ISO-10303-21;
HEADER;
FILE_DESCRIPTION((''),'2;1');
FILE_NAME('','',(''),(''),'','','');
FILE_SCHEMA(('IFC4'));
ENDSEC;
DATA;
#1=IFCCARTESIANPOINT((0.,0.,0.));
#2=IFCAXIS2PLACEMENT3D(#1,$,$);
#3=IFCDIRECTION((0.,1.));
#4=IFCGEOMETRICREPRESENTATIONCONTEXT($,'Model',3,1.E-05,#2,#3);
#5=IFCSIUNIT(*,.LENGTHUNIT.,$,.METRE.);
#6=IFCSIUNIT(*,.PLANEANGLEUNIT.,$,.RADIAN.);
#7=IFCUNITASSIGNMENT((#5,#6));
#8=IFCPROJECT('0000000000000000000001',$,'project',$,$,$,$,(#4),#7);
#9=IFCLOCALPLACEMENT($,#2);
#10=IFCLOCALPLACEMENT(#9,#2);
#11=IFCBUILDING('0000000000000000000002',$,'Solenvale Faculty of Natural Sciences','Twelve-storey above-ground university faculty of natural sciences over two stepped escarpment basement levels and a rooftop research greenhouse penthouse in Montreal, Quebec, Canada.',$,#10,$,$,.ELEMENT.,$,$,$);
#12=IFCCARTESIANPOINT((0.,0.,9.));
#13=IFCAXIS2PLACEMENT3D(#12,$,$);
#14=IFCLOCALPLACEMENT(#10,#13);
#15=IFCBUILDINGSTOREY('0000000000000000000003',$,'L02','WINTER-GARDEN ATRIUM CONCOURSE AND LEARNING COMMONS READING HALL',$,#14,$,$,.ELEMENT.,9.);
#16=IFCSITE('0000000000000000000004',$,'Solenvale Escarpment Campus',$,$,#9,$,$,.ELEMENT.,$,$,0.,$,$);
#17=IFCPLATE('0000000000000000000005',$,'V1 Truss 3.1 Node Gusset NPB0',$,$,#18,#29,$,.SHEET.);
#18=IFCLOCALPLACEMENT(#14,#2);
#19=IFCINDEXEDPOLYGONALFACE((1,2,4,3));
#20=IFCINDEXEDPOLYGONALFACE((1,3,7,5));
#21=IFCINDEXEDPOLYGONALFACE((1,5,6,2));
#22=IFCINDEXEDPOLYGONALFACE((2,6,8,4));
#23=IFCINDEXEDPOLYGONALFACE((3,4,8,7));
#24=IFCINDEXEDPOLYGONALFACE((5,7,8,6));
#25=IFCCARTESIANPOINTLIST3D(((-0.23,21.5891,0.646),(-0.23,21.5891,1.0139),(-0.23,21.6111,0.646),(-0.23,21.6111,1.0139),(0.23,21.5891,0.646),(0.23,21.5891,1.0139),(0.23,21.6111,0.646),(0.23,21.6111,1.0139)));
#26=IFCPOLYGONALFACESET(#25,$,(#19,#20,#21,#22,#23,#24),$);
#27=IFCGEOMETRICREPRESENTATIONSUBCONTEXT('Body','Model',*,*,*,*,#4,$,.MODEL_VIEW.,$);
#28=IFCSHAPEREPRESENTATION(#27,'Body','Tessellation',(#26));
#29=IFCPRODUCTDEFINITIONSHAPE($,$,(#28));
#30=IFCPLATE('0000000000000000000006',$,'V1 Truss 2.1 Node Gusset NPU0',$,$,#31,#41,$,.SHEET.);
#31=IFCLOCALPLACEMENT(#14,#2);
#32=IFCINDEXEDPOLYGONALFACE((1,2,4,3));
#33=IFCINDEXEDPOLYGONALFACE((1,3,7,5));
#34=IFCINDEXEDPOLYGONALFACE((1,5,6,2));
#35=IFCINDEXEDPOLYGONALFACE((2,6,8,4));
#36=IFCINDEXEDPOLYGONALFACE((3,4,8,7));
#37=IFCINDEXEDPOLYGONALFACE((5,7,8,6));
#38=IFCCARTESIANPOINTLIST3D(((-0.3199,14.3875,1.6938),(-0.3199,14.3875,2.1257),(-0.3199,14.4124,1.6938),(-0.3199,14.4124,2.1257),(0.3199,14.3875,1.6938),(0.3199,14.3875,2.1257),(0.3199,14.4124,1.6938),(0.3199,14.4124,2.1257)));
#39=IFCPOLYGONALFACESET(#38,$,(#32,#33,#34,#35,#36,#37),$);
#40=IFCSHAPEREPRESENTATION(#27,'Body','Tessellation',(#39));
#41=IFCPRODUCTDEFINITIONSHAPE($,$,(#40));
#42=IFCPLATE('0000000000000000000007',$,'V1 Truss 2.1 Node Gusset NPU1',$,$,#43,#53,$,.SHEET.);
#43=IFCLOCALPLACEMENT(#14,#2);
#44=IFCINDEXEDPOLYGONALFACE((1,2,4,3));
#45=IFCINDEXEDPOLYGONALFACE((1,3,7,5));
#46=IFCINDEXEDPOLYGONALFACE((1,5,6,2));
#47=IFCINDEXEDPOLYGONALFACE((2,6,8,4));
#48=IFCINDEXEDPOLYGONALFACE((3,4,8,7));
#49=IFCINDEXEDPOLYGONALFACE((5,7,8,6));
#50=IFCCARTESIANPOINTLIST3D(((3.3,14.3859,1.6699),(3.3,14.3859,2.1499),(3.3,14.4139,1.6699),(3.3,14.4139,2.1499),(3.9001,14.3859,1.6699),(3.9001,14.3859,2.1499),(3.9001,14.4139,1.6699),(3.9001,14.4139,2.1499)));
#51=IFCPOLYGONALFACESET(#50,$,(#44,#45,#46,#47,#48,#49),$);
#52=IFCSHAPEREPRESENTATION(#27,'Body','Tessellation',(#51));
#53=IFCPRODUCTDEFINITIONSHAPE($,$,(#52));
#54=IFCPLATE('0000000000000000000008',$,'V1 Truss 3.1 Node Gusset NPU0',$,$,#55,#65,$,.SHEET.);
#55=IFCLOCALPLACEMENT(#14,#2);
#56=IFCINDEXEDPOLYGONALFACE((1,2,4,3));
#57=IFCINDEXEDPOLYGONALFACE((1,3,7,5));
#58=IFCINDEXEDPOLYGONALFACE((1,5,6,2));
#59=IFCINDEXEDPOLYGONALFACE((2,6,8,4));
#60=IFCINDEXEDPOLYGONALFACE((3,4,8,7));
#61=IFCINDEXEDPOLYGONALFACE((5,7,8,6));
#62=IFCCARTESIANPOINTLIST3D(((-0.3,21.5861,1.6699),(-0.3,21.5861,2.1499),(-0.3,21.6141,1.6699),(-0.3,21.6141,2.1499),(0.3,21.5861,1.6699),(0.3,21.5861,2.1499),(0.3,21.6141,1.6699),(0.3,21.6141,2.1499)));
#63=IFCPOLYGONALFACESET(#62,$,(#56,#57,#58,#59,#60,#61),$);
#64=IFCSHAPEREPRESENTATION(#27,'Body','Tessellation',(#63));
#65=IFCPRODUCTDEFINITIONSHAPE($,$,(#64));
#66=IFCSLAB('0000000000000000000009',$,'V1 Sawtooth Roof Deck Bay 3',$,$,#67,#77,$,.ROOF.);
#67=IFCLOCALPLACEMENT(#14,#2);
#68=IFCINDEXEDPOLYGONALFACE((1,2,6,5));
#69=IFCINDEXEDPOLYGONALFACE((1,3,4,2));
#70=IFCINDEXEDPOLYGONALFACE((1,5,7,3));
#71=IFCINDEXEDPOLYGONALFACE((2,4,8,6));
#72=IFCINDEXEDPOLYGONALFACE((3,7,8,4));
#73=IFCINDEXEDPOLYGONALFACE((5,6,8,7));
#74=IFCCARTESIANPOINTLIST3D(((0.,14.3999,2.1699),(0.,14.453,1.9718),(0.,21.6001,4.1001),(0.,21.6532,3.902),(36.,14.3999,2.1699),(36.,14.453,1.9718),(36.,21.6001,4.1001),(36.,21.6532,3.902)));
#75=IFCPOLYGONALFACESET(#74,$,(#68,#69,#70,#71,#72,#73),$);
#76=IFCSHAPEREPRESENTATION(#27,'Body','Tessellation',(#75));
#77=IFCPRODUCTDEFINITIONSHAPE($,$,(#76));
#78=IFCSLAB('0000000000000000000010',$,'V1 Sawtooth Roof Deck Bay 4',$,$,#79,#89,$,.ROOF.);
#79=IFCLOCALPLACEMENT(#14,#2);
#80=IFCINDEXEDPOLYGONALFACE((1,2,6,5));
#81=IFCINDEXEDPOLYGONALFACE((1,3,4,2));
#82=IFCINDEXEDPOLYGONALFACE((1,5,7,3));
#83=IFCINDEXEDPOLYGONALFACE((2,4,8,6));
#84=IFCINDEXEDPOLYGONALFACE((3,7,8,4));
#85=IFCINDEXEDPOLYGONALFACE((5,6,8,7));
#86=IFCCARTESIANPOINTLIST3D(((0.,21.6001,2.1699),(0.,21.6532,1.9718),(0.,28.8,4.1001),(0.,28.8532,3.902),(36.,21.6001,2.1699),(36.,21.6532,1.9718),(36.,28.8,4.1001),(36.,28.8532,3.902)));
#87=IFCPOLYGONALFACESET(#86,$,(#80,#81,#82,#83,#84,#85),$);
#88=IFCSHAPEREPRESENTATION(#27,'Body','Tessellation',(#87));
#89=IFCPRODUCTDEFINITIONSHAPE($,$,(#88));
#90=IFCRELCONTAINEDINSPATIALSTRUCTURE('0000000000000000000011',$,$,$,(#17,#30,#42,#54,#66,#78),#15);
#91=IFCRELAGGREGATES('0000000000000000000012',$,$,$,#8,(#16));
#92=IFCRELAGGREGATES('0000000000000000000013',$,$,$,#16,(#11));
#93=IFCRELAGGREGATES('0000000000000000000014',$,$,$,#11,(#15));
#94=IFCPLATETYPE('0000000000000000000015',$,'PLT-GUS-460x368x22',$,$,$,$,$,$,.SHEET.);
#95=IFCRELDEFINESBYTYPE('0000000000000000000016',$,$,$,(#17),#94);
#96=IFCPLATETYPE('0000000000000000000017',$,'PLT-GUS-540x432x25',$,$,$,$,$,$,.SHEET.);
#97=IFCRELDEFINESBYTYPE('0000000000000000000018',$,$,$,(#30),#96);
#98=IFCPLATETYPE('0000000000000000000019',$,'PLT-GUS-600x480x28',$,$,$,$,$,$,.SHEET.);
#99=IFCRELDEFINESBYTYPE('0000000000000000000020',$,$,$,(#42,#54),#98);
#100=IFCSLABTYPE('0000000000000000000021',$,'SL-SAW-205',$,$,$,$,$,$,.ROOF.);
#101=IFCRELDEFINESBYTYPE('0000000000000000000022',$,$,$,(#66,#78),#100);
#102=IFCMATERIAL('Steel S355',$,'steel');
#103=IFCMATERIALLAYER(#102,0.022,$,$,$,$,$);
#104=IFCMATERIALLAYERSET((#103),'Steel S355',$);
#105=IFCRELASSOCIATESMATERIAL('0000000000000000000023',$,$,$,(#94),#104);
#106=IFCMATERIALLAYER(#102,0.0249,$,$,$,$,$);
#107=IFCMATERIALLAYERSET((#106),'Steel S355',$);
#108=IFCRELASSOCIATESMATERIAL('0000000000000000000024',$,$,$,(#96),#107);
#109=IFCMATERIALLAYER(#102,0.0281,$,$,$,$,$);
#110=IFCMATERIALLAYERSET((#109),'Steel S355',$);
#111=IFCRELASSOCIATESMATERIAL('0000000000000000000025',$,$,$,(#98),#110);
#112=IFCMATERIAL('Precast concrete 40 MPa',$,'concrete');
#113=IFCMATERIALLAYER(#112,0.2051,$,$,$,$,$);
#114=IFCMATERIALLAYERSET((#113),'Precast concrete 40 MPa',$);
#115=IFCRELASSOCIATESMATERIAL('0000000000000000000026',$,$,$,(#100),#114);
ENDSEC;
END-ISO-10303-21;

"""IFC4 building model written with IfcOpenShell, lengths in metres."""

from ifc_helpers import new_model, si_unit, direction, frame, origin, origin_2d, place, context, subcontext, project, spatial, polyline, rectangle, outline, extrude, material, layer, layer_set, type_object, element, save


model = new_model("IFC4")

# Units and contexts
model_context = context("Model", 3, precision=1e-05, world=origin(), true_north=direction((0.0, 1.0)))
body_context = subcontext(model_context, "Body", "Model", "MODEL_VIEW")
ifc_project = project(units=[si_unit("LENGTHUNIT", "METRE"), si_unit("PLANEANGLEUNIT", "RADIAN")], contexts=[model_context])

# Site, building, storey
site_placement = place(None, origin())
site = spatial("IfcSite", under=ifc_project, at=site_placement, Name="Solenvale Escarpment Campus", CompositionType="ELEMENT", RefElevation=0.0)
building_placement = place(site_placement, origin())
building = spatial("IfcBuilding", under=site, at=building_placement, Name="Solenvale Faculty of Natural Sciences", Description="Twelve-storey above-ground university faculty of natural sciences over two stepped escarpment basement levels and a rooftop research greenhouse penthouse in Montreal, Quebec, Canada.", CompositionType="ELEMENT")
storey_placement = place(building_placement, frame((0.0, 0.0, 9.0)))
storey = spatial("IfcBuildingStorey", under=building, at=storey_placement, Name="L02", Description="WINTER-GARDEN ATRIUM CONCOURSE AND LEARNING COMMONS READING HALL", CompositionType="ELEMENT", Elevation=9.0)

# Shared definitions
ifc_material_1 = material(Name="Steel S355", Category="steel")

# Plates
ifc_layer_1 = layer(ifc_material_1, 0.022)
ifc_layer_set_1 = layer_set([ifc_layer_1], Name="Steel S355")
plate_type_1 = type_object("IfcPlateType", Name="PLT-GUS-460x368x22", PredefinedType="SHEET", material=ifc_layer_set_1)
for number, where, z_axis, x_axis, name in (
    (1, (0.0, 21.6001, 0.646), (0.0, 0.0, 1.0), (1.0, 0.0, 0.0), "V1 Truss 3.1 Node Gusset NPB0"),
):
    element("IfcPlate", number, at=place(storey_placement, frame(where, z_axis=z_axis, x_axis=x_axis)), inside=storey, type_object=plate_type_1, Name=name, PredefinedType="SHEET", context=body_context, shape_type="SweptSolid", body=[
        extrude(rectangle(XDim=0.46, YDim=0.022, at=origin_2d()), origin(), (0.0, 0.0, 1.0), 0.3679),
    ])
ifc_layer_2 = layer(ifc_material_1, 0.0249)
ifc_layer_set_2 = layer_set([ifc_layer_2], Name="Steel S355")
plate_type_2 = type_object("IfcPlateType", Name="PLT-GUS-540x432x25", PredefinedType="SHEET", material=ifc_layer_set_2)
plate_1_placement = place(storey_placement, frame((0.0, 14.3999, 1.6938), z_axis=(0.0, 0.0, 1.0), x_axis=(1.0, 0.0, 0.0)))
element("IfcPlate", 2, at=plate_1_placement, inside=storey, type_object=plate_type_2, Name="V1 Truss 2.1 Node Gusset NPU0", PredefinedType="SHEET", context=body_context, shape_type="SweptSolid", body=[
    extrude(rectangle(XDim=0.6399, YDim=0.0249, at=origin_2d()), origin(), (0.0, 0.0, 1.0), 0.4319),
])
ifc_layer_3 = layer(ifc_material_1, 0.0281)
ifc_layer_set_3 = layer_set([ifc_layer_3], Name="Steel S355")
plate_type_3 = type_object("IfcPlateType", Name="PLT-GUS-600x480x28", PredefinedType="SHEET", material=ifc_layer_set_3)
for number, where, z_axis, x_axis, name in (
    (3, (3.6001, 14.3999, 1.6699), (0.0, 0.0, 1.0), (1.0, 0.0, 0.0), "V1 Truss 2.1 Node Gusset NPU1"),
    (4, (0.0, 21.6001, 1.6699), (0.0, 0.0, 1.0), (1.0, 0.0, 0.0), "V1 Truss 3.1 Node Gusset NPU0"),
):
    element("IfcPlate", number, at=place(storey_placement, frame(where, z_axis=z_axis, x_axis=x_axis)), inside=storey, type_object=plate_type_3, Name=name, PredefinedType="SHEET", context=body_context, shape_type="SweptSolid", body=[
        extrude(rectangle(XDim=0.6001, YDim=0.0281, at=origin_2d()), origin(), (0.0, 0.0, 1.0), 0.48),
    ])

# Slabs
ifc_material_2 = material(Name="Precast concrete 40 MPa", Category="concrete")
ifc_layer_4 = layer(ifc_material_2, 0.2051)
ifc_layer_set_4 = layer_set([ifc_layer_4], Name="Precast concrete 40 MPa")
slab_type = type_object("IfcSlabType", Name="SL-SAW-205", PredefinedType="ROOF", material=ifc_layer_set_4)
slab_1_placement = place(storey_placement, frame((0.0, 14.3999, 2.1699), z_axis=(0.0, -0.25893, 0.965896), x_axis=(1.0, 0.0, 0.0)))
element("IfcSlab", 5, at=slab_1_placement, inside=storey, type_object=slab_type, Name="V1 Sawtooth Roof Deck Bay 3", PredefinedType="ROOF", context=body_context, shape_type="SweptSolid", body=[
    extrude(outline(polyline([(0.0, 0.0), (36.0, 0.0), (36.0, 7.4544), (0.0, 7.4544), (0.0, 0.0)])), origin(), (0.0, 0.0, -1.0), 0.2051),
])
slab_2_placement = place(storey_placement, frame((0.0, 21.6001, 2.1699), z_axis=(0.0, -0.258939, 0.965894), x_axis=(1.0, 0.0, 0.0)))
element("IfcSlab", 6, at=slab_2_placement, inside=storey, type_object=slab_type, Name="V1 Sawtooth Roof Deck Bay 4", PredefinedType="ROOF", context=body_context, shape_type="SweptSolid", body=[
    extrude(outline(polyline([(0.0, 0.0), (36.0, 0.0), (36.0, 7.4542), (0.0, 7.4542), (0.0, 0.0)])), origin(), (0.0, 0.0, -1.0), 0.2051),
])

save(model, "model.ifc")
